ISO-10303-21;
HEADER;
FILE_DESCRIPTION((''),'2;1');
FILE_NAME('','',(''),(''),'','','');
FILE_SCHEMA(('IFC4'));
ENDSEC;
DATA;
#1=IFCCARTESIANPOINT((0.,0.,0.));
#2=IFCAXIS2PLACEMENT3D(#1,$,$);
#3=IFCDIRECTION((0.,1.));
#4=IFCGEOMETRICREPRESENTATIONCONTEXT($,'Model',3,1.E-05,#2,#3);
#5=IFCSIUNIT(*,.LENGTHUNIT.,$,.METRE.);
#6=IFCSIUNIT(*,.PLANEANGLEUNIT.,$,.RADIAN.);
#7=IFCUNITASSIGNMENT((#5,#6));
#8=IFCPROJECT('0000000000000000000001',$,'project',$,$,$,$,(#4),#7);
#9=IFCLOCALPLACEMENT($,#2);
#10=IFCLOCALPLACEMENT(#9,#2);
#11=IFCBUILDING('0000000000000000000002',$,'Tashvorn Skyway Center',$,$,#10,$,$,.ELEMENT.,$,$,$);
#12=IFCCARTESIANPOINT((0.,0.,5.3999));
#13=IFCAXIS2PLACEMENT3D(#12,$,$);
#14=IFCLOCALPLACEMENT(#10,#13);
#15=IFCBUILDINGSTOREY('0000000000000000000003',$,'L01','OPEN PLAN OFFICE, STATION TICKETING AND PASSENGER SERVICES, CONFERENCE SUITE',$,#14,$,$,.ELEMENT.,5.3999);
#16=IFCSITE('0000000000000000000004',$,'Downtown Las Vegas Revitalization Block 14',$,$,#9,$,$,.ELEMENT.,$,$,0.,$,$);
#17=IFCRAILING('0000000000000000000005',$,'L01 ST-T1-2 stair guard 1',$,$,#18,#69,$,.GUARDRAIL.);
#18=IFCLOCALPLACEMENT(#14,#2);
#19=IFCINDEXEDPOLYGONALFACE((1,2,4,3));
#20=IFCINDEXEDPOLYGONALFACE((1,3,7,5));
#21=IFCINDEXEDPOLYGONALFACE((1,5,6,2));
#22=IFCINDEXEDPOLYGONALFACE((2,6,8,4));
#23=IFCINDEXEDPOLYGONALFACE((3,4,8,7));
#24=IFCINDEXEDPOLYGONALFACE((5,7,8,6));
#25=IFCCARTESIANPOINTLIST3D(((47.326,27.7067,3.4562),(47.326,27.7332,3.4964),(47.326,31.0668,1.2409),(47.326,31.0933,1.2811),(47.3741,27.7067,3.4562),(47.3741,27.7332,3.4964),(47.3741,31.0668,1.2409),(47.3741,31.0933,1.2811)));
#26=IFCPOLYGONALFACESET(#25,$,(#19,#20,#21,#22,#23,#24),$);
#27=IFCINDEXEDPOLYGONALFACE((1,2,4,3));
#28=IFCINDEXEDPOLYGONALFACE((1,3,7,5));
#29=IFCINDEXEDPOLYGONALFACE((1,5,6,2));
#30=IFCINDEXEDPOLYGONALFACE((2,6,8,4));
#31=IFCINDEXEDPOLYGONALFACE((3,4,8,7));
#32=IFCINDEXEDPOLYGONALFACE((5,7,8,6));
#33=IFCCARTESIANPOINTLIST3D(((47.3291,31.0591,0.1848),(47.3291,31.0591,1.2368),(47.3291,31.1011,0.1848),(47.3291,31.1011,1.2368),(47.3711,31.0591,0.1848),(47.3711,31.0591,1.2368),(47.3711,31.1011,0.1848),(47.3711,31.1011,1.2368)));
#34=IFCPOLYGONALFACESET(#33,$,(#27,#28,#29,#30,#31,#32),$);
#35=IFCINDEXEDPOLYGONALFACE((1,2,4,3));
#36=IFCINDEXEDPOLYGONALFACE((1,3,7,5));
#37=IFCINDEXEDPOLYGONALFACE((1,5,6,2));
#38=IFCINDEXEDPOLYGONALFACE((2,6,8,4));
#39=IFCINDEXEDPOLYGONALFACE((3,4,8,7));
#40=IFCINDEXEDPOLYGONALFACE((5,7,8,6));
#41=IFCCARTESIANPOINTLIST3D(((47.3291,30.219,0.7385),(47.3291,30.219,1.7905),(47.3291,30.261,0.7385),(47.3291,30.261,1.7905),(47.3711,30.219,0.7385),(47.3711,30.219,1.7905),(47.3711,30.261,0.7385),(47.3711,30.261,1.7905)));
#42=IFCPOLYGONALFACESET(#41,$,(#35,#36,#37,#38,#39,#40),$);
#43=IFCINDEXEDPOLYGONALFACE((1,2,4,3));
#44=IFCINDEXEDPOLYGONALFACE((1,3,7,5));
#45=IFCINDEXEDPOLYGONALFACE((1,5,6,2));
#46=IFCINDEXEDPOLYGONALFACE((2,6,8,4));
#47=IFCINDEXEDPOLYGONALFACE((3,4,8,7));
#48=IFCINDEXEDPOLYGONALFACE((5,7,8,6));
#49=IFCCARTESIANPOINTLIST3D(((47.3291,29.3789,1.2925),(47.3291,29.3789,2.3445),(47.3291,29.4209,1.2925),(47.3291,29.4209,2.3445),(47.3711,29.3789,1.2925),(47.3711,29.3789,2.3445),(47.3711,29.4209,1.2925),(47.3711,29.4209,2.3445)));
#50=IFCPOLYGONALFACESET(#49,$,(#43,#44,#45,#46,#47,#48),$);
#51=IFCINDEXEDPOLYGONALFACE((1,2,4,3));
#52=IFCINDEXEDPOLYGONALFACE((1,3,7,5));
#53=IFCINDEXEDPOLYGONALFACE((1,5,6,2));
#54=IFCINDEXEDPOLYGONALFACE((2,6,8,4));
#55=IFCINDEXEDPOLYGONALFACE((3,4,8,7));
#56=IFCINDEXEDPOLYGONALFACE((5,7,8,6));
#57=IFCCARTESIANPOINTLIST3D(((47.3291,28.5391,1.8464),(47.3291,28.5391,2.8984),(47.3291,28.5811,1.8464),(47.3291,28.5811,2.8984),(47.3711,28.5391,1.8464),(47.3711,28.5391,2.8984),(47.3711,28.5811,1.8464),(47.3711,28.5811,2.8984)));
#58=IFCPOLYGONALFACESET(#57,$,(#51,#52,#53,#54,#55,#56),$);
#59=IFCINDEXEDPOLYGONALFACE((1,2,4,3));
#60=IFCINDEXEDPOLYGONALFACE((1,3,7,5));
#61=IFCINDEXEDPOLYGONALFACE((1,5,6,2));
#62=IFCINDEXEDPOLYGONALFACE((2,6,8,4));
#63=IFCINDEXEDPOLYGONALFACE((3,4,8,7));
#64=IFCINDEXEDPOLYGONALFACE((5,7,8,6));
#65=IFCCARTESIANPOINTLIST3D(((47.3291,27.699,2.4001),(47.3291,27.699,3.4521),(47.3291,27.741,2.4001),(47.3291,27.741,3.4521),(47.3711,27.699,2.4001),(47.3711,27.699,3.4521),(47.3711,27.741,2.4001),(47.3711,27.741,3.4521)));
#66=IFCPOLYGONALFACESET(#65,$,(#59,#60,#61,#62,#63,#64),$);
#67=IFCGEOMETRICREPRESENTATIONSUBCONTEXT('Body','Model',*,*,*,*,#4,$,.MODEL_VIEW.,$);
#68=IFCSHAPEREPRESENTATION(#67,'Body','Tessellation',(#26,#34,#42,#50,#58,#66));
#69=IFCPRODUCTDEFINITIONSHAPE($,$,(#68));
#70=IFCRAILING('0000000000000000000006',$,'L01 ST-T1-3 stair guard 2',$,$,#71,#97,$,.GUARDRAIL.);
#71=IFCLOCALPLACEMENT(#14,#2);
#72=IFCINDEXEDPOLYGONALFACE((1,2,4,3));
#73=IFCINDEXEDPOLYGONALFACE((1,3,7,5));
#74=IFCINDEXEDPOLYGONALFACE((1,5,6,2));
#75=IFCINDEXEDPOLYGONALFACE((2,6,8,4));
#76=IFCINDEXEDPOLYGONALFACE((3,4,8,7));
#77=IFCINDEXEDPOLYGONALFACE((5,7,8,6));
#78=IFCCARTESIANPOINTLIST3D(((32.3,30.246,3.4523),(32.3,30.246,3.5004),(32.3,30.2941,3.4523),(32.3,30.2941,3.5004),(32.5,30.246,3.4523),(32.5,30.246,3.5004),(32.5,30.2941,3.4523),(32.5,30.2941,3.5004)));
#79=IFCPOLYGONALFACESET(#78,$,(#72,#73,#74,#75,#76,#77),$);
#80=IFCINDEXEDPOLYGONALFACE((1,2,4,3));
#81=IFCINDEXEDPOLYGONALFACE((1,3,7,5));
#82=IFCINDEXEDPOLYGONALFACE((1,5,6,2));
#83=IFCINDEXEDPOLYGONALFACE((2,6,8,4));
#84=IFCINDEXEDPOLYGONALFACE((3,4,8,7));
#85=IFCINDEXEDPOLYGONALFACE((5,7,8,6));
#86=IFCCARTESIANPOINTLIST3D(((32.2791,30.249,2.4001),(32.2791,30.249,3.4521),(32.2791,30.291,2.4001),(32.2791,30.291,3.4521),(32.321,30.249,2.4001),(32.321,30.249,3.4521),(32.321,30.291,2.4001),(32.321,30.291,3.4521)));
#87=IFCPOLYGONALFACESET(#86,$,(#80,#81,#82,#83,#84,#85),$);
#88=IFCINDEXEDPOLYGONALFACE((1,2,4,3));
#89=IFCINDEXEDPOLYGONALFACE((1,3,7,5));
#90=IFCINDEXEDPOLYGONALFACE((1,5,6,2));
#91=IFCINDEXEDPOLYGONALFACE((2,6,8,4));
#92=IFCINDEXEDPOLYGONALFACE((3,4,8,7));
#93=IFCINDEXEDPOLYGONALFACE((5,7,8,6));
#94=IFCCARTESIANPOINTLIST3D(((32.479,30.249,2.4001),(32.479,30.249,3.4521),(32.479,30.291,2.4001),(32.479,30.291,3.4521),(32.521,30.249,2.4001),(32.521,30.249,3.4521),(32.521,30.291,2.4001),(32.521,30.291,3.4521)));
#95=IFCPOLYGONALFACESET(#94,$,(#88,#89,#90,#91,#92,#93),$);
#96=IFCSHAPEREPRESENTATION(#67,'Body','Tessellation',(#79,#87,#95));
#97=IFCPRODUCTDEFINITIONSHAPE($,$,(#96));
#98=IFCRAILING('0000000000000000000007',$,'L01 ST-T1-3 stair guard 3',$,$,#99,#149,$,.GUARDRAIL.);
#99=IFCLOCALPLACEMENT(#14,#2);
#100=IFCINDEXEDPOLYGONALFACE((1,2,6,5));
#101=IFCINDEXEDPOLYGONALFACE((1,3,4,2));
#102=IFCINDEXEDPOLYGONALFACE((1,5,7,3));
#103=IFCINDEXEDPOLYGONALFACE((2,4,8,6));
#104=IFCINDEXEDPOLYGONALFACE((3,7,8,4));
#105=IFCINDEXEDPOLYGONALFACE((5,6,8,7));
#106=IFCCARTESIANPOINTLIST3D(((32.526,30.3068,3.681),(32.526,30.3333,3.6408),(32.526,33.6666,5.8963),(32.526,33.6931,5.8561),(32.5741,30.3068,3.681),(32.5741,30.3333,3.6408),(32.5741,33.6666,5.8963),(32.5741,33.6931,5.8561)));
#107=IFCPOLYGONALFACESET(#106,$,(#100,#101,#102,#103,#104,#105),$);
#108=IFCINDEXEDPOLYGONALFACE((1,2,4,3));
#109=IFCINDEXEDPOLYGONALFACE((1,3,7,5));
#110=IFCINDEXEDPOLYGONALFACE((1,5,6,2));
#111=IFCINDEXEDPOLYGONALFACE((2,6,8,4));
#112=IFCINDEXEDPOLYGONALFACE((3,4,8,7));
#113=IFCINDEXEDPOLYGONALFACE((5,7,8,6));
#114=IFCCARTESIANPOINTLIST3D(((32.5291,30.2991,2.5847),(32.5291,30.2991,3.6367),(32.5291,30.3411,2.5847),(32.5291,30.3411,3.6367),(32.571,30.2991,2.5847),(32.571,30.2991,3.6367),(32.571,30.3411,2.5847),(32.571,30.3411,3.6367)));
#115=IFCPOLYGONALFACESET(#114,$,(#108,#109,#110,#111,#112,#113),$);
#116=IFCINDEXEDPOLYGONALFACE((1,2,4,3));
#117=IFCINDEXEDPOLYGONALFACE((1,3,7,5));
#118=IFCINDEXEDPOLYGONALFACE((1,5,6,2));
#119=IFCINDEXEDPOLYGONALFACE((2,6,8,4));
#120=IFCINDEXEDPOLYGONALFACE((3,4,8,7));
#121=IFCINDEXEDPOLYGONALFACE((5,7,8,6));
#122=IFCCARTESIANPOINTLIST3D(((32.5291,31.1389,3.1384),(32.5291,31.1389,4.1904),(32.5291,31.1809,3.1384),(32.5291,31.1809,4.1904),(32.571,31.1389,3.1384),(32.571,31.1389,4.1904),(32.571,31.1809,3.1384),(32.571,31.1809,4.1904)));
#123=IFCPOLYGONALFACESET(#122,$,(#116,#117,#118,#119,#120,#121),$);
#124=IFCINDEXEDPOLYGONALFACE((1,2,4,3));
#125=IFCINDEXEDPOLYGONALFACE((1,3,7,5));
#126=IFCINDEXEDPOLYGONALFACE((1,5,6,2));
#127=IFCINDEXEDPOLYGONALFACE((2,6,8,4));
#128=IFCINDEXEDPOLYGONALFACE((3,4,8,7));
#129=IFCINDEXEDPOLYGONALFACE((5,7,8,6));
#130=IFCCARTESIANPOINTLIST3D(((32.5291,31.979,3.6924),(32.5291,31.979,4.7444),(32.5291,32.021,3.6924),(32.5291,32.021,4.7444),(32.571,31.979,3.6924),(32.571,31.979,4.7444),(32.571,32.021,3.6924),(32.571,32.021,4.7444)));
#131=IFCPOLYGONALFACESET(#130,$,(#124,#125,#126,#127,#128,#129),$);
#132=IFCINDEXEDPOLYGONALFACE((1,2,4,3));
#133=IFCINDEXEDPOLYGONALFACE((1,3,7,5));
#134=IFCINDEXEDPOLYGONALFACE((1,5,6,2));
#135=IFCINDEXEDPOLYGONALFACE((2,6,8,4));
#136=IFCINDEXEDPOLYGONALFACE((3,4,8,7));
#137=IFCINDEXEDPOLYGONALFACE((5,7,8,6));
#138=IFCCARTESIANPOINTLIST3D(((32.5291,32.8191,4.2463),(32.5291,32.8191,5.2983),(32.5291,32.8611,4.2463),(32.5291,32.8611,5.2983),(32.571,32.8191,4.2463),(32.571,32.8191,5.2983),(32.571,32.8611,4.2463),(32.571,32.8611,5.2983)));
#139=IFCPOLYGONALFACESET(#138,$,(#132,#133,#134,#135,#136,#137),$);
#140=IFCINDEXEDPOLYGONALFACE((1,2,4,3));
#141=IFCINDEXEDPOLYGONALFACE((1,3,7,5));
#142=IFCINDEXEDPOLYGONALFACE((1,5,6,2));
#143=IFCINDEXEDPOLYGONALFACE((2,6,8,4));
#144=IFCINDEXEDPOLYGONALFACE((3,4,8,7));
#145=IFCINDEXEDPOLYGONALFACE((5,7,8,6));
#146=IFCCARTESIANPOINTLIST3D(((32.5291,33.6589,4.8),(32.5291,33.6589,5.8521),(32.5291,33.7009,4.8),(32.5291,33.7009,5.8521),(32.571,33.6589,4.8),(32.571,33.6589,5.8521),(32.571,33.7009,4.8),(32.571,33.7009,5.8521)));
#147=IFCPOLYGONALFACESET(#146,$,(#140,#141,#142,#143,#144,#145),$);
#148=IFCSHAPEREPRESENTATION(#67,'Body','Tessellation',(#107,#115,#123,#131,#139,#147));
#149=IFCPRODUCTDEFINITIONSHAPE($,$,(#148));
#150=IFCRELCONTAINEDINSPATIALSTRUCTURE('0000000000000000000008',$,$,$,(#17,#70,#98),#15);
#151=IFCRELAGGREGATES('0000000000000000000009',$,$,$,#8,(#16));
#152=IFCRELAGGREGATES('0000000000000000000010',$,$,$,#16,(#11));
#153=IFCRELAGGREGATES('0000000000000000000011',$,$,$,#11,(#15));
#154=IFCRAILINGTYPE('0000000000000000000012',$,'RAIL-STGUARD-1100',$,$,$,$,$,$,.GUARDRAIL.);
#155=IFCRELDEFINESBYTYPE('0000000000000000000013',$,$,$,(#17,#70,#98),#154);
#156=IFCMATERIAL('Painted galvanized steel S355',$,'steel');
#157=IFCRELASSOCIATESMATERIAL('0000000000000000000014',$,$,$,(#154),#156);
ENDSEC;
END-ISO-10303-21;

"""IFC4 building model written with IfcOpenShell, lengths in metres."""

from ifc_helpers import new_model, si_unit, direction, frame, origin, origin_2d, place, context, subcontext, project, spatial, rectangle, extrude, material, type_object, element, save


model = new_model("IFC4")

# Units and contexts
model_context = context("Model", 3, precision=1e-05, world=origin(), true_north=direction((0.0, 1.0)))
body_context = subcontext(model_context, "Body", "Model", "MODEL_VIEW")
ifc_project = project(units=[si_unit("LENGTHUNIT", "METRE"), si_unit("PLANEANGLEUNIT", "RADIAN")], contexts=[model_context])

# Site, building, storey
site_placement = place(None, origin())
site = spatial("IfcSite", under=ifc_project, at=site_placement, Name="Downtown Las Vegas Revitalization Block 14", CompositionType="ELEMENT", RefElevation=0.0)
building_placement = place(site_placement, origin())
building = spatial("IfcBuilding", under=site, at=building_placement, Name="Tashvorn Skyway Center", CompositionType="ELEMENT")
storey_placement = place(building_placement, frame((0.0, 0.0, 5.3999)))
storey = spatial("IfcBuildingStorey", under=building, at=storey_placement, Name="L01", Description="OPEN PLAN OFFICE, STATION TICKETING AND PASSENGER SERVICES, CONFERENCE SUITE", CompositionType="ELEMENT", Elevation=5.3999)

# Railings
ifc_material_1 = material(Name="Painted galvanized steel S355", Category="steel")
railing_type_1 = type_object("IfcRailingType", Name="RAIL-STGUARD-1100", PredefinedType="GUARDRAIL", material=ifc_material_1)
railing_1_placement = place(storey_placement, frame((47.3501, 31.0801, 0.1848)))
element("IfcRailing", 1, at=railing_1_placement, inside=storey, type_object=railing_type_1, Name="L01 ST-T1-2 stair guard 1", PredefinedType="GUARDRAIL", context=body_context, shape_type="SweptSolid", body=[
    extrude(rectangle(XDim=0.0481, YDim=0.0481, at=origin_2d()), frame((0.0, 0.0, 1.0762), z_axis=(0.0, -0.834876, 0.550437), x_axis=(1.0, 0.0, 0.0)), (0.0, 0.0, 1.0), 4.0247),
    extrude(rectangle(XDim=0.042, YDim=0.042, at=origin_2d()), origin(), (0.0, 0.0, 1.0), 1.052),
    extrude(rectangle(XDim=0.042, YDim=0.042, at=origin_2d()), frame((0.0, -0.8401, 0.5537)), (0.0, 0.0, 1.0), 1.052),
    extrude(rectangle(XDim=0.042, YDim=0.042, at=origin_2d()), frame((0.0, -1.6802, 1.1077)), (0.0, 0.0, 1.0), 1.052),
    extrude(rectangle(XDim=0.042, YDim=0.042, at=origin_2d()), frame((0.0, -2.52, 1.6616)), (0.0, 0.0, 1.0), 1.052),
    extrude(rectangle(XDim=0.042, YDim=0.042, at=origin_2d()), frame((0.0, -3.3601, 2.2153)), (0.0, 0.0, 1.0), 1.052),
])
railing_2_placement = place(storey_placement, frame((32.3, 30.27, 2.4001)))
element("IfcRailing", 2, at=railing_2_placement, inside=storey, type_object=railing_type_1, Name="L01 ST-T1-3 stair guard 2", PredefinedType="GUARDRAIL", context=body_context, shape_type="SweptSolid", body=[
    extrude(rectangle(XDim=0.0481, YDim=0.0481, at=origin_2d()), frame((0.0, 0.0, 1.0762), z_axis=(1.0, 0.0, 0.0), x_axis=(0.0, 1.0, 0.0)), (0.0, 0.0, 1.0), 0.2),
    extrude(rectangle(XDim=0.042, YDim=0.042, at=origin_2d()), origin(), (0.0, 0.0, 1.0), 1.052),
    extrude(rectangle(XDim=0.042, YDim=0.042, at=origin_2d()), frame((0.2, 0.0, 0.0)), (0.0, 0.0, 1.0), 1.052),
])
railing_3_placement = place(storey_placement, frame((32.55, 30.3201, 2.5847)))
element("IfcRailing", 3, at=railing_3_placement, inside=storey, type_object=railing_type_1, Name="L01 ST-T1-3 stair guard 3", PredefinedType="GUARDRAIL", context=body_context, shape_type="SweptSolid", body=[
    extrude(rectangle(XDim=0.0481, YDim=0.0481, at=origin_2d()), frame((0.0, 0.0, 1.0762), z_axis=(0.0, 0.834858, 0.550465), x_axis=(-1.0, 0.0, 0.0)), (0.0, 0.0, 1.0), 4.0244),
    extrude(rectangle(XDim=0.042, YDim=0.042, at=origin_2d()), origin(), (0.0, 0.0, 1.0), 1.052),
    extrude(rectangle(XDim=0.042, YDim=0.042, at=origin_2d()), frame((0.0, 0.8398, 0.5537)), (0.0, 0.0, 1.0), 1.052),
    extrude(rectangle(XDim=0.042, YDim=0.042, at=origin_2d()), frame((0.0, 1.6799, 1.1077)), (0.0, 0.0, 1.0), 1.052),
    extrude(rectangle(XDim=0.042, YDim=0.042, at=origin_2d()), frame((0.0, 2.52, 1.6616)), (0.0, 0.0, 1.0), 1.052),
    extrude(rectangle(XDim=0.042, YDim=0.042, at=origin_2d()), frame((0.0, 3.3599, 2.2153)), (0.0, 0.0, 1.0), 1.052),
])

save(model, "model.ifc")
